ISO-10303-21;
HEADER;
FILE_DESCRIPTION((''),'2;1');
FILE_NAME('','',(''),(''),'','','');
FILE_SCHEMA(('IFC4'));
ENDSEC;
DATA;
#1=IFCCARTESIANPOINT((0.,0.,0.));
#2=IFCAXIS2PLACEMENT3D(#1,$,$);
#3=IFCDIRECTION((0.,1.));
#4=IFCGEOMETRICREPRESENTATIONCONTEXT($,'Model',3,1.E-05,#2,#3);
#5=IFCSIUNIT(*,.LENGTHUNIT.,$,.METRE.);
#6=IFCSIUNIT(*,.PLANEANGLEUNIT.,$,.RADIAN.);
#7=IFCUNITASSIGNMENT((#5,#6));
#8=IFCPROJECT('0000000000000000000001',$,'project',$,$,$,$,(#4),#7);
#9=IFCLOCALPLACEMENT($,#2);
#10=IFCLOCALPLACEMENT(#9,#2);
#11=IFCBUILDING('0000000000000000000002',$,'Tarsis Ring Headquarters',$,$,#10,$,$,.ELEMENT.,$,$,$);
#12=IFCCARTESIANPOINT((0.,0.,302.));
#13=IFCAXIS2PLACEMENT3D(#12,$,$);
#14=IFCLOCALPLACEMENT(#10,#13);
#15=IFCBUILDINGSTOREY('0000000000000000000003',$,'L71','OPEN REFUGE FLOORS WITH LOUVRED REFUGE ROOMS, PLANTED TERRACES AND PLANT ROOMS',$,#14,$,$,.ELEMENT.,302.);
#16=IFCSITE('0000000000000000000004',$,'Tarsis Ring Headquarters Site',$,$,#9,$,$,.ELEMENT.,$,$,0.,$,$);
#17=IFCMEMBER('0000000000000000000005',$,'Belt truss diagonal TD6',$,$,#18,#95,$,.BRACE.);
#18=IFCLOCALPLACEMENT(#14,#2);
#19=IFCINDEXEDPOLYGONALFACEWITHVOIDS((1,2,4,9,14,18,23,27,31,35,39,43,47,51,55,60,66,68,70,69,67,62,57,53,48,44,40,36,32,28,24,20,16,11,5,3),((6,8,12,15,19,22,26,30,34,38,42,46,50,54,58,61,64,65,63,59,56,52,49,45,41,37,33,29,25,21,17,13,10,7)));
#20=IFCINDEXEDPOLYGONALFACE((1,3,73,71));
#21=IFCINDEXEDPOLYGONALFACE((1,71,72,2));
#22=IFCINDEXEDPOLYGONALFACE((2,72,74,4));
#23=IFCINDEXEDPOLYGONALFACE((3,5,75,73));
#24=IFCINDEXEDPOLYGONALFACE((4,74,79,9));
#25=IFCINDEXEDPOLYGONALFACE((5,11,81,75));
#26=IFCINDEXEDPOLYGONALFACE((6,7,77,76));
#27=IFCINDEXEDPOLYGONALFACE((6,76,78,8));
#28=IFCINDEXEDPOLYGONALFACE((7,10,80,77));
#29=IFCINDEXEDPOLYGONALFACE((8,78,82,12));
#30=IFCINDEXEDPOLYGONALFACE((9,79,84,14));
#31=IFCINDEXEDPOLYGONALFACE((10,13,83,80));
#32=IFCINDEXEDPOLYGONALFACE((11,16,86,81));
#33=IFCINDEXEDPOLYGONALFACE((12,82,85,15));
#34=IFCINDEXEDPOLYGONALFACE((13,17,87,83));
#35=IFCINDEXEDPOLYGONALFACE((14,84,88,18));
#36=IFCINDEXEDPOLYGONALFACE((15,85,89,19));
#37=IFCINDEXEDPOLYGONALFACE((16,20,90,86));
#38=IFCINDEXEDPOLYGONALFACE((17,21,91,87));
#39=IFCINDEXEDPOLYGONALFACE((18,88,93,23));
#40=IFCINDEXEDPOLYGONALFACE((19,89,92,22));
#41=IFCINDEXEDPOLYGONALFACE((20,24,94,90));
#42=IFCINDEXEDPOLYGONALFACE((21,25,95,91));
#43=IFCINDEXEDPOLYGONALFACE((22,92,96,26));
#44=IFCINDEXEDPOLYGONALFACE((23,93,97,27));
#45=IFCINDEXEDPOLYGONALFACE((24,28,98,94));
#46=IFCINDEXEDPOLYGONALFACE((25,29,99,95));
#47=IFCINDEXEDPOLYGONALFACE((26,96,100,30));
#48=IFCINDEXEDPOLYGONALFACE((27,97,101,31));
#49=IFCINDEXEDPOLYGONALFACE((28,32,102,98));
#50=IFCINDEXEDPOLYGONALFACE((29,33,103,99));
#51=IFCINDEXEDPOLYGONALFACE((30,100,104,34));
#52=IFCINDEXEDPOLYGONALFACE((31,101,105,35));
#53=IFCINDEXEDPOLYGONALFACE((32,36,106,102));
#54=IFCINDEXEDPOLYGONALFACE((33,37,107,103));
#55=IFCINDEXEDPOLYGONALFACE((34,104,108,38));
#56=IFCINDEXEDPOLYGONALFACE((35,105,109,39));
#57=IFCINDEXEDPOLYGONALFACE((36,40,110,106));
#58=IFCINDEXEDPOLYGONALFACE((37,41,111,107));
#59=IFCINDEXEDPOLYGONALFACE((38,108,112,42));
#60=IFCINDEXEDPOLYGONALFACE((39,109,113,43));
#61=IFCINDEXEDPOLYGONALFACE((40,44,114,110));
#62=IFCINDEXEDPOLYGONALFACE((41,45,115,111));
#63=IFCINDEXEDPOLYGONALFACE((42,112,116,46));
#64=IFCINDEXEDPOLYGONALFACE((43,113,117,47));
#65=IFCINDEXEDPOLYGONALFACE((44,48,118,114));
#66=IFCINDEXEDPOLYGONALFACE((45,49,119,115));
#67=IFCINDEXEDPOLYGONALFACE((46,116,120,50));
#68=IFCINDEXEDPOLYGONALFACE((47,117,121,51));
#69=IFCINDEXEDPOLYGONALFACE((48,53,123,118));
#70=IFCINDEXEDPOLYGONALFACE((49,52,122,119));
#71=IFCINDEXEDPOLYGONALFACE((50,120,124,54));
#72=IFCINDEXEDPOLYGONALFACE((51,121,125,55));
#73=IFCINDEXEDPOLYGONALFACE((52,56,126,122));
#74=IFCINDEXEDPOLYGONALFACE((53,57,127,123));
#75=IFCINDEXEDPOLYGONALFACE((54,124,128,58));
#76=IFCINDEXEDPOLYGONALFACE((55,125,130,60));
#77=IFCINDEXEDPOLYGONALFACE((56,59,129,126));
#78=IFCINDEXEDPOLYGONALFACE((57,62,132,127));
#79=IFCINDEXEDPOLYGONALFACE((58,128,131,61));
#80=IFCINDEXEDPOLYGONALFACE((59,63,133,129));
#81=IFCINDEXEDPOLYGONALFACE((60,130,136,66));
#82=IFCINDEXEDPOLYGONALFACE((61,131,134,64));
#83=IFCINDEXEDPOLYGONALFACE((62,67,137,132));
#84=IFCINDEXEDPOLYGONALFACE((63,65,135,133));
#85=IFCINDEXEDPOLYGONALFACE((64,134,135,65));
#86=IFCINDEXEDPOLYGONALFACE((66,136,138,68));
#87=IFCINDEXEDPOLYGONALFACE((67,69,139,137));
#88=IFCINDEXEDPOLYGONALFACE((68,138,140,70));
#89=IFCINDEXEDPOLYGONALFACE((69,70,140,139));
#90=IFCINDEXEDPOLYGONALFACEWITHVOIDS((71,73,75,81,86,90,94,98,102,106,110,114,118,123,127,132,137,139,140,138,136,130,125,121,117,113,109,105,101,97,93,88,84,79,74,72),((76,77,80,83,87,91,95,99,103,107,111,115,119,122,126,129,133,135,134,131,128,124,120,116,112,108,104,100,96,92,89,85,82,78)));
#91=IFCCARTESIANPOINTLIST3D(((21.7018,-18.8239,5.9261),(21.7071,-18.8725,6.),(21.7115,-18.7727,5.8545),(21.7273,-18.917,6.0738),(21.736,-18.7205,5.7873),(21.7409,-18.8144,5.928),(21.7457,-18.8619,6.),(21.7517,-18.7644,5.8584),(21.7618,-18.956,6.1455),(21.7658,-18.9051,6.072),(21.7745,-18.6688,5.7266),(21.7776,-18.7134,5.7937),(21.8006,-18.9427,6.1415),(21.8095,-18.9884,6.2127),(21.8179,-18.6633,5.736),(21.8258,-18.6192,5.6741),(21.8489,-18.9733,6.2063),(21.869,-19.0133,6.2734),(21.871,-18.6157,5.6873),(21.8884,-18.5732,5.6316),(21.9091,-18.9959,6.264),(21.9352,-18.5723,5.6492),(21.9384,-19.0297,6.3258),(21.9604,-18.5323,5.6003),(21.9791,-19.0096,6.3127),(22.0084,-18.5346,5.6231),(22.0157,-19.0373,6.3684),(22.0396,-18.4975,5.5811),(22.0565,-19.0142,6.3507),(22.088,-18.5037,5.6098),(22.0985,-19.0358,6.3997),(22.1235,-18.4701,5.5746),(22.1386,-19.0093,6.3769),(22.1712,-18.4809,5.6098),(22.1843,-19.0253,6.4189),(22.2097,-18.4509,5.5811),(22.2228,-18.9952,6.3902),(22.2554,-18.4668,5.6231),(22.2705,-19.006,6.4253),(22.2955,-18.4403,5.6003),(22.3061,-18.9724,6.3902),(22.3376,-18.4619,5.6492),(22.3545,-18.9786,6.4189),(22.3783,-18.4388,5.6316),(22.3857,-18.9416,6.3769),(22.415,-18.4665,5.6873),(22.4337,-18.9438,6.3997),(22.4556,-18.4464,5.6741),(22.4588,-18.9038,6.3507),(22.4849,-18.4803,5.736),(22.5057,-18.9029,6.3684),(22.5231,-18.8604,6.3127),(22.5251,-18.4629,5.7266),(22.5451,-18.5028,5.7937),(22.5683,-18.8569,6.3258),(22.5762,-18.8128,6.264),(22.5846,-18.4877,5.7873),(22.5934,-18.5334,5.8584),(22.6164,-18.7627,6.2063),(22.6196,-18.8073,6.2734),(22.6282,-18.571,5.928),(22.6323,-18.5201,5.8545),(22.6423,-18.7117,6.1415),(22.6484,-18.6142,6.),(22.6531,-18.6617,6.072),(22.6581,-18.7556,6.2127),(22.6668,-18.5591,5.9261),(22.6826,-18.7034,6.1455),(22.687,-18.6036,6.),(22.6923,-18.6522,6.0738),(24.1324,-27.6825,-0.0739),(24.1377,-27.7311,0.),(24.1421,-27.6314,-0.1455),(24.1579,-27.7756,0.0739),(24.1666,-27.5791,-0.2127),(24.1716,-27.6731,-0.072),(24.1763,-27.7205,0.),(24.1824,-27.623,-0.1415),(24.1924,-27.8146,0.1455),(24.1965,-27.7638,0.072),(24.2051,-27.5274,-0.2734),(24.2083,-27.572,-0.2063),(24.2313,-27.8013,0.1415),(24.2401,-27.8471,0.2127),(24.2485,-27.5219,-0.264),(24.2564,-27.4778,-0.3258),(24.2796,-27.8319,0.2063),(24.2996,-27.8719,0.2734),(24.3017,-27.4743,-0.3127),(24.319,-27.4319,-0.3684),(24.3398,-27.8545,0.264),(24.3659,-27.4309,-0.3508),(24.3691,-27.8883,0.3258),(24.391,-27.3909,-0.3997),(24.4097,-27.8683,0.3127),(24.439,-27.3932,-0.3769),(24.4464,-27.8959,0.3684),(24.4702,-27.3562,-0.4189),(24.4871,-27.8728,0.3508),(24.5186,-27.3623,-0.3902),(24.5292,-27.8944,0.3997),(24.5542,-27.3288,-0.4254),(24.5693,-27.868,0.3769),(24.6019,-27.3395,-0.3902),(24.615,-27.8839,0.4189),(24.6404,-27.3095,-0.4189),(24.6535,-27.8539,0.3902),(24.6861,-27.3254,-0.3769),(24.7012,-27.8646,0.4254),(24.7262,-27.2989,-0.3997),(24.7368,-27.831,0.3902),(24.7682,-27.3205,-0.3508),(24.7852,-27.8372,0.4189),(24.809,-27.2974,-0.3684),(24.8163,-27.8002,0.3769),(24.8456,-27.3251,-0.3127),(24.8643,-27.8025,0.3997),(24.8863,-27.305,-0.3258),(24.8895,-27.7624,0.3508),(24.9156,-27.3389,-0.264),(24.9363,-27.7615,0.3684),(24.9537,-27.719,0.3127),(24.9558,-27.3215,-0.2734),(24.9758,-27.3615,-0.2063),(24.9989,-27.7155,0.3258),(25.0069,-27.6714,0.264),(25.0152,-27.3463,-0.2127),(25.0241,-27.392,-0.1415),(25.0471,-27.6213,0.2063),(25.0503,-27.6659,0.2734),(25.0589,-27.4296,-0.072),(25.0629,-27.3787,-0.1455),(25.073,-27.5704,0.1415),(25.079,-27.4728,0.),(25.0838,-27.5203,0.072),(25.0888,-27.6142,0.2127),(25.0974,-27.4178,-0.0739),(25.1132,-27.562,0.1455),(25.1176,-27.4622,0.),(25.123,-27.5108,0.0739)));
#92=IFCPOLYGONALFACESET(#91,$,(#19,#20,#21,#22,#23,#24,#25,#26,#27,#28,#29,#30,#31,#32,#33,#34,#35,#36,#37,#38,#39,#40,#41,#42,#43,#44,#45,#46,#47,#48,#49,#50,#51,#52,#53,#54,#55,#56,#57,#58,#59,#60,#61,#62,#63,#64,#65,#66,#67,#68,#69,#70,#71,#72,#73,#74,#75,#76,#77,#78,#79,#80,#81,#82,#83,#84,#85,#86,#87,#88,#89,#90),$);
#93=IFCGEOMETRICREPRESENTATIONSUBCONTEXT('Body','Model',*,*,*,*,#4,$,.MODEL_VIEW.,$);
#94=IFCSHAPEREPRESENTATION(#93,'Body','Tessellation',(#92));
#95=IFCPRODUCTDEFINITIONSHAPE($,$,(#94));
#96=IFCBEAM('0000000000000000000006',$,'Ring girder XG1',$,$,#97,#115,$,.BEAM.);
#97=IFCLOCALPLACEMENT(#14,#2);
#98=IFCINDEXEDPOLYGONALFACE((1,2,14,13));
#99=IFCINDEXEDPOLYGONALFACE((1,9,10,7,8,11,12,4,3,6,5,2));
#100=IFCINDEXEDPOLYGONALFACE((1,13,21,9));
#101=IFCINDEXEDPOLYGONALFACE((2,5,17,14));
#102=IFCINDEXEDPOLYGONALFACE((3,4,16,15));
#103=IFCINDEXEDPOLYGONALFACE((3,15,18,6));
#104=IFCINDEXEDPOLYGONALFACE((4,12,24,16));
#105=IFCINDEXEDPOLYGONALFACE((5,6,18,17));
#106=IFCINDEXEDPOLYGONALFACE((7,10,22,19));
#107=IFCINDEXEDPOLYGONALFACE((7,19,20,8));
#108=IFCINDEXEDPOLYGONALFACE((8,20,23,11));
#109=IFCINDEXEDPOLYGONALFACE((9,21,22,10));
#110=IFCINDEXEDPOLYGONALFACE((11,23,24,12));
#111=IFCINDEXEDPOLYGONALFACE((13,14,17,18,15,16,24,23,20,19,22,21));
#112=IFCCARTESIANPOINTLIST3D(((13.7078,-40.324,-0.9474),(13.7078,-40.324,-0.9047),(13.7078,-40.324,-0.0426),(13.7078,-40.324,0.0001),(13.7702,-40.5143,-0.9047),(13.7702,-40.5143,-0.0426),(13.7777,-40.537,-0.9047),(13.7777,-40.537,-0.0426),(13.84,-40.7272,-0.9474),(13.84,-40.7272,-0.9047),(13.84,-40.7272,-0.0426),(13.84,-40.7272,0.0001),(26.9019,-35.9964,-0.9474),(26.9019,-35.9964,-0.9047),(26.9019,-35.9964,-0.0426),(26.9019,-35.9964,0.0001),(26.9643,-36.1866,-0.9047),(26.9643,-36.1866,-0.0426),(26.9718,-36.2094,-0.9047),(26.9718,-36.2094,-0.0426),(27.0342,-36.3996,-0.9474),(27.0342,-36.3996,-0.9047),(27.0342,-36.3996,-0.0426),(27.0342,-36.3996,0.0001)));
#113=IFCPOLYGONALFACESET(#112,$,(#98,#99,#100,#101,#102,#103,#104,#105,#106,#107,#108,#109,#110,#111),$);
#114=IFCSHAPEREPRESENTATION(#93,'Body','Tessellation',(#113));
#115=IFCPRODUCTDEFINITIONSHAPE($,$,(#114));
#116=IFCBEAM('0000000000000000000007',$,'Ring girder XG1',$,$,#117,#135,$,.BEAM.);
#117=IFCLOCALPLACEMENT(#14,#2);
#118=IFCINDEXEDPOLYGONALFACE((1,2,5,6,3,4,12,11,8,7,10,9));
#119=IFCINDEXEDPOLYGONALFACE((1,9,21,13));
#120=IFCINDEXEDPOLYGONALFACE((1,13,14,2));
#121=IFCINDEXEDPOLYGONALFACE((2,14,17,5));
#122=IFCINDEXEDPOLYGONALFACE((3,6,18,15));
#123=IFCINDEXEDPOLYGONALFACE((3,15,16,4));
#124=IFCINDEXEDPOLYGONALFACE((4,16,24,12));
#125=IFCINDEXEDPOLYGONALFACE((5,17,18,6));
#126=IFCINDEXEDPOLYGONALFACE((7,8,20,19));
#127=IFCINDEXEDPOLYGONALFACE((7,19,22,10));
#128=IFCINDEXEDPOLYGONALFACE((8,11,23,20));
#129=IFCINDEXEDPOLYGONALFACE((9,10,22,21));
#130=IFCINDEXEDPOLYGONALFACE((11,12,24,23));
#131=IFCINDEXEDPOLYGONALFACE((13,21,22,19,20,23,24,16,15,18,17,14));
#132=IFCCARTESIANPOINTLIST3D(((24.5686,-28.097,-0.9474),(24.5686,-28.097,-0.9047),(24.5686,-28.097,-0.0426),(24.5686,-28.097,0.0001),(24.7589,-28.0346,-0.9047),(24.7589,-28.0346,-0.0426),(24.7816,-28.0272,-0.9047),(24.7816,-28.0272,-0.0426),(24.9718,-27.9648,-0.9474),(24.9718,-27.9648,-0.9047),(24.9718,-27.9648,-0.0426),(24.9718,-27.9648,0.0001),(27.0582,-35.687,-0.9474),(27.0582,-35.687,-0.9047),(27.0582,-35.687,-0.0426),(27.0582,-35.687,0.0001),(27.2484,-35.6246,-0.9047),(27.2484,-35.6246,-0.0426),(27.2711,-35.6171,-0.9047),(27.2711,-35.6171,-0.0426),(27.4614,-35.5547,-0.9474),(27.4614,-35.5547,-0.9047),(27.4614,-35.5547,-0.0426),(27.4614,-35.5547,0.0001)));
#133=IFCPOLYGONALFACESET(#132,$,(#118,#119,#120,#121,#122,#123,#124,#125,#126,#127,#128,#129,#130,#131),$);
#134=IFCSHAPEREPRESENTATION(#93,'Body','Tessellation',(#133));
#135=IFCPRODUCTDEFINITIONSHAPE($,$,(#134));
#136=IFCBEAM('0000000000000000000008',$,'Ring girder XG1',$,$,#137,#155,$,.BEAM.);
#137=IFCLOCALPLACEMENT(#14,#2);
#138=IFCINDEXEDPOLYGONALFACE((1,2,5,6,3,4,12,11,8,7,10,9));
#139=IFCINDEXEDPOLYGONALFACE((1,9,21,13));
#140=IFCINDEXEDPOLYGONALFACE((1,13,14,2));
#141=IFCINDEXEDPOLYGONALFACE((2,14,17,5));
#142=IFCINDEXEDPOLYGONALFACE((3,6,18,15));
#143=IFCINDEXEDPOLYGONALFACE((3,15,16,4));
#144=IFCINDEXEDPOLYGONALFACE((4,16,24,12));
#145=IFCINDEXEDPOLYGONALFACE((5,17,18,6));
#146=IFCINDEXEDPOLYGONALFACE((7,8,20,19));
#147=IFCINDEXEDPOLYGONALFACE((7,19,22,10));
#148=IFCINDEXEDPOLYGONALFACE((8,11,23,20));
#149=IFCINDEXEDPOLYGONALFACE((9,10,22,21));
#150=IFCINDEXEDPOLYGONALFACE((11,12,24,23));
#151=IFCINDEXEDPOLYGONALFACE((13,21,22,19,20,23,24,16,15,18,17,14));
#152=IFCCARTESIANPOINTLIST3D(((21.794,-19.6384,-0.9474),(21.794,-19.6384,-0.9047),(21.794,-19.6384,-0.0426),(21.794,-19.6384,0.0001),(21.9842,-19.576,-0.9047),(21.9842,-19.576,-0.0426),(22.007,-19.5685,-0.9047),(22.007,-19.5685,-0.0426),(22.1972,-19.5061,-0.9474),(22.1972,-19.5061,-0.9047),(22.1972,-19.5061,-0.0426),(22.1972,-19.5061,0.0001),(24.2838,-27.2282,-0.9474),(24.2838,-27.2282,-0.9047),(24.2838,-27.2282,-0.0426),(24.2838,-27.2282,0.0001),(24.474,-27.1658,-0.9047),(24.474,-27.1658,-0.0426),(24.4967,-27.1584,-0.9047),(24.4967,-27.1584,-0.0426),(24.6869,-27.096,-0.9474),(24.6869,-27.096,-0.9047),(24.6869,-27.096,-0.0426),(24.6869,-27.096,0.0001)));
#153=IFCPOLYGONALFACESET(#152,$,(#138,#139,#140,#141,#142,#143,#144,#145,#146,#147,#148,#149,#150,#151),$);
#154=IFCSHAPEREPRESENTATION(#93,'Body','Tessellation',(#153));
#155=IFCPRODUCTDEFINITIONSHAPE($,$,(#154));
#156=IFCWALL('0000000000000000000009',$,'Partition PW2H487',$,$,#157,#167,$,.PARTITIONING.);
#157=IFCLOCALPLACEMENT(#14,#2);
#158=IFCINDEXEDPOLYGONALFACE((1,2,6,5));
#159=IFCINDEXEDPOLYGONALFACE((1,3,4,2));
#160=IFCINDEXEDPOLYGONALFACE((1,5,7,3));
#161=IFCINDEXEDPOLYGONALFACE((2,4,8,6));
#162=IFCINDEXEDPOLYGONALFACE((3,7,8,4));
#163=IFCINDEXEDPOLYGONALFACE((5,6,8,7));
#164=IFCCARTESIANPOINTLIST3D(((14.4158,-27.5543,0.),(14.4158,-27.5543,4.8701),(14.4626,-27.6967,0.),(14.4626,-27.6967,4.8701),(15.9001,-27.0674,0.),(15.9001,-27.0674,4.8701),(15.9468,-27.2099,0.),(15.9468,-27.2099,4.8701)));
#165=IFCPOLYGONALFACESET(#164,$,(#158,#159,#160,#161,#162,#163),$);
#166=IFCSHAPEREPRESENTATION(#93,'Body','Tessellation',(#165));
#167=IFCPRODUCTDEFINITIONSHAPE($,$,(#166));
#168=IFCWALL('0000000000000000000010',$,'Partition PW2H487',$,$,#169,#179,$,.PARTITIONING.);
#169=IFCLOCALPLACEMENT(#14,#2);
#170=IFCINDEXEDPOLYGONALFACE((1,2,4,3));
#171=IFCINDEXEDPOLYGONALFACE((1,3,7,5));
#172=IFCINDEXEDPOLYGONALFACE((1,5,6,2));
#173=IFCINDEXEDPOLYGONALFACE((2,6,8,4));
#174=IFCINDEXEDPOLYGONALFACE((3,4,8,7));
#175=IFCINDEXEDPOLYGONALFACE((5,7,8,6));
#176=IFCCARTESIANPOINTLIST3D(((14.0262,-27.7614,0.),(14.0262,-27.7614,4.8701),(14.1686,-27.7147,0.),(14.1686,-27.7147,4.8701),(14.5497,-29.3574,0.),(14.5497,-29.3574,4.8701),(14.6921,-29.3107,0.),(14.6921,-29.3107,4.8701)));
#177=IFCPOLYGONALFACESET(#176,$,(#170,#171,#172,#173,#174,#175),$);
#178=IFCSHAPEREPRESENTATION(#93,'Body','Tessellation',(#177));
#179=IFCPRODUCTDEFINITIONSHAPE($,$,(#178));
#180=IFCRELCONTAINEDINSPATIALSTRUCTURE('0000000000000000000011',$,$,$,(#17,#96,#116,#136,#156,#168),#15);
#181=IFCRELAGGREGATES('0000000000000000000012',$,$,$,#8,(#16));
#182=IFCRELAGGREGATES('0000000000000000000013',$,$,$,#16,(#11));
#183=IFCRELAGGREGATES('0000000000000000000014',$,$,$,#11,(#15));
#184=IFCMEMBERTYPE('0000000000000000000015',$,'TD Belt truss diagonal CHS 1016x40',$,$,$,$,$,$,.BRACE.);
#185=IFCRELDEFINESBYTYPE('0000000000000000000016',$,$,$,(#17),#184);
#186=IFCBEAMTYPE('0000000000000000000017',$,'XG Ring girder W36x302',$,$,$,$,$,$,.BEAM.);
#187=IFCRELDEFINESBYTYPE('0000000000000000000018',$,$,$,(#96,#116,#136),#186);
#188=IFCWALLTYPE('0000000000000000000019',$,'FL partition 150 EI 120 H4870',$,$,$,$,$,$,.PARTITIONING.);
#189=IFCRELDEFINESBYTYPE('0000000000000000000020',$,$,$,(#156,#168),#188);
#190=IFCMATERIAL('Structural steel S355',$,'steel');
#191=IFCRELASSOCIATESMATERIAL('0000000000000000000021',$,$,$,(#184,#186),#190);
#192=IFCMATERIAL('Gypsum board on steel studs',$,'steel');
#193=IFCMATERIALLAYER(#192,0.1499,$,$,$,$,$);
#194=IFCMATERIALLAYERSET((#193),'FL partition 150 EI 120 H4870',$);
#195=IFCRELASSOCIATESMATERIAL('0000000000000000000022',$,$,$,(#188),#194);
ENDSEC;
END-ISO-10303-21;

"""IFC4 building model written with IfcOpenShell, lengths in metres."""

from ifc_helpers import new_model, si_unit, direction, frame, frame_2d, origin, origin_2d, place, context, subcontext, project, spatial, rectangle, hollow_circle, i_section, extrude, material, layer, layer_set, material_profile, profile_set, type_object, element, save


model = new_model("IFC4")

# Units and contexts
model_context = context("Model", 3, precision=1e-05, world=origin(), true_north=direction((0.0, 1.0)))
body_context = subcontext(model_context, "Body", "Model", "MODEL_VIEW")
ifc_project = project(units=[si_unit("LENGTHUNIT", "METRE"), si_unit("PLANEANGLEUNIT", "RADIAN")], contexts=[model_context])

# Site, building, storey
site_placement = place(None, origin())
site = spatial("IfcSite", under=ifc_project, at=site_placement, Name="Tarsis Ring Headquarters Site", CompositionType="ELEMENT", RefElevation=0.0)
building_placement = place(site_placement, origin())
building = spatial("IfcBuilding", under=site, at=building_placement, Name="Tarsis Ring Headquarters", CompositionType="ELEMENT")
storey_placement = place(building_placement, frame((0.0, 0.0, 302.0)))
storey = spatial("IfcBuildingStorey", under=building, at=storey_placement, Name="L71", Description="OPEN REFUGE FLOORS WITH LOUVRED REFUGE ROOMS, PLANTED TERRACES AND PLANT ROOMS", CompositionType="ELEMENT", Elevation=302.0)

# Shared definitions
ifc_material_1 = material(Name="Structural steel S355", Category="steel")
ifc_material_profile_1 = material_profile(ifc_material_1, hollow_circle(Radius=0.5081, WallThickness=0.04, at=origin_2d()), Name="CHS 1016x40")
ifc_profile_set_1 = profile_set([ifc_material_profile_1], Name="Structural steel S355")

# Member
member_type = type_object("IfcMemberType", Name="TD Belt truss diagonal CHS 1016x40", PredefinedType="BRACE", material=ifc_profile_set_1)
member_1_placement = place(storey_placement, frame((24.6277, -27.5967, 0.0), z_axis=(-0.221534, 0.80739, 0.546849), x_axis=(-0.964357, -0.264604, 0.0)))
element("IfcMember", 1, at=member_1_placement, inside=storey, type_object=member_type, Name="Belt truss diagonal TD6", PredefinedType="BRACE", context=body_context, shape_type="SweptSolid", body=[
    extrude(hollow_circle(Radius=0.5081, WallThickness=0.04, at=origin_2d()), origin(), (0.0, 0.0, 1.0), 10.9719),
])

# Beams
ifc_material_profile_2 = material_profile(ifc_material_1, i_section(OverallWidth=0.4243, OverallDepth=0.9475, WebThickness=0.0239, FlangeThickness=0.0427, at=origin_2d()), Name="W36x302")
ifc_profile_set_2 = profile_set([ifc_material_profile_2], Name="Structural steel S355")
beam_type = type_object("IfcBeamType", Name="XG Ring girder W36x302", PredefinedType="BEAM", material=ifc_profile_set_2)
beam_placement = place(storey_placement, frame((13.7739, -40.5256, -0.4736), z_axis=(0.950193, 0.311662, 0.0), x_axis=(-0.311662, 0.950193, 0.0)))
element("IfcBeam", 2, at=beam_placement, inside=storey, type_object=beam_type, Name="Ring girder XG1", PredefinedType="BEAM", context=body_context, shape_type="SweptSolid", body=[
    extrude(i_section(OverallWidth=0.4243, OverallDepth=0.9475, WebThickness=0.0239, FlangeThickness=0.0427, at=origin_2d()), origin(), (0.0, 0.0, 1.0), 13.8857),
])
for number, where, z_axis, x_axis, name in (
    (3, (27.2598, -35.6208, -0.4736), (-0.311667, 0.950191, 0.0), (-0.950191, -0.311667, 0.0), "Ring girder XG1"),
    (4, (24.4854, -27.1621, -0.4736), (-0.311695, 0.950182, 0.0), (-0.950182, -0.311695, 0.0), "Ring girder XG1"),
):
    element("IfcBeam", number, at=place(storey_placement, frame(where, z_axis=z_axis, x_axis=x_axis)), inside=storey, type_object=beam_type, Name=name, PredefinedType="BEAM", context=body_context, shape_type="SweptSolid", body=[
        extrude(i_section(OverallWidth=0.4243, OverallDepth=0.9475, WebThickness=0.0239, FlangeThickness=0.0427, at=origin_2d()), origin(), (0.0, 0.0, 1.0), 7.9878),
    ])

# Walls
ifc_material_2 = material(Name="Gypsum board on steel studs", Category="steel")
ifc_layer_1 = layer(ifc_material_2, 0.1499)
ifc_layer_set_1 = layer_set([ifc_layer_1], Name="FL partition 150 EI 120 H4870")
wall_type_1 = type_object("IfcWallType", Name="FL partition 150 EI 120 H4870", PredefinedType="PARTITIONING", material=ifc_layer_set_1)
wall_1_placement = place(storey_placement, frame((14.4392, -27.6255, 0.0), z_axis=(0.0, 0.0, 1.0), x_axis=(0.950189, 0.311676, 0.0)))
element("IfcWall", 5, at=wall_1_placement, inside=storey, type_object=wall_type_1, Name="Partition PW2H487", PredefinedType="PARTITIONING", context=body_context, shape_type="SweptSolid", body=[
    extrude(rectangle(XDim=1.562, YDim=0.1499, at=frame_2d((0.781, 0.0))), origin(), (0.0, 0.0, 1.0), 4.8701),
])
wall_2_placement = place(storey_placement, frame((14.0974, -27.738, 0.0), z_axis=(0.0, 0.0, 1.0), x_axis=(0.311645, -0.950198, 0.0)))
element("IfcWall", 6, at=wall_2_placement, inside=storey, type_object=wall_type_1, Name="Partition PW2H487", PredefinedType="PARTITIONING", context=body_context, shape_type="SweptSolid", body=[
    extrude(rectangle(XDim=1.6797, YDim=0.1499, at=frame_2d((0.8398, 0.0))), origin(), (0.0, 0.0, 1.0), 4.8701),
])

save(model, "model.ifc")
